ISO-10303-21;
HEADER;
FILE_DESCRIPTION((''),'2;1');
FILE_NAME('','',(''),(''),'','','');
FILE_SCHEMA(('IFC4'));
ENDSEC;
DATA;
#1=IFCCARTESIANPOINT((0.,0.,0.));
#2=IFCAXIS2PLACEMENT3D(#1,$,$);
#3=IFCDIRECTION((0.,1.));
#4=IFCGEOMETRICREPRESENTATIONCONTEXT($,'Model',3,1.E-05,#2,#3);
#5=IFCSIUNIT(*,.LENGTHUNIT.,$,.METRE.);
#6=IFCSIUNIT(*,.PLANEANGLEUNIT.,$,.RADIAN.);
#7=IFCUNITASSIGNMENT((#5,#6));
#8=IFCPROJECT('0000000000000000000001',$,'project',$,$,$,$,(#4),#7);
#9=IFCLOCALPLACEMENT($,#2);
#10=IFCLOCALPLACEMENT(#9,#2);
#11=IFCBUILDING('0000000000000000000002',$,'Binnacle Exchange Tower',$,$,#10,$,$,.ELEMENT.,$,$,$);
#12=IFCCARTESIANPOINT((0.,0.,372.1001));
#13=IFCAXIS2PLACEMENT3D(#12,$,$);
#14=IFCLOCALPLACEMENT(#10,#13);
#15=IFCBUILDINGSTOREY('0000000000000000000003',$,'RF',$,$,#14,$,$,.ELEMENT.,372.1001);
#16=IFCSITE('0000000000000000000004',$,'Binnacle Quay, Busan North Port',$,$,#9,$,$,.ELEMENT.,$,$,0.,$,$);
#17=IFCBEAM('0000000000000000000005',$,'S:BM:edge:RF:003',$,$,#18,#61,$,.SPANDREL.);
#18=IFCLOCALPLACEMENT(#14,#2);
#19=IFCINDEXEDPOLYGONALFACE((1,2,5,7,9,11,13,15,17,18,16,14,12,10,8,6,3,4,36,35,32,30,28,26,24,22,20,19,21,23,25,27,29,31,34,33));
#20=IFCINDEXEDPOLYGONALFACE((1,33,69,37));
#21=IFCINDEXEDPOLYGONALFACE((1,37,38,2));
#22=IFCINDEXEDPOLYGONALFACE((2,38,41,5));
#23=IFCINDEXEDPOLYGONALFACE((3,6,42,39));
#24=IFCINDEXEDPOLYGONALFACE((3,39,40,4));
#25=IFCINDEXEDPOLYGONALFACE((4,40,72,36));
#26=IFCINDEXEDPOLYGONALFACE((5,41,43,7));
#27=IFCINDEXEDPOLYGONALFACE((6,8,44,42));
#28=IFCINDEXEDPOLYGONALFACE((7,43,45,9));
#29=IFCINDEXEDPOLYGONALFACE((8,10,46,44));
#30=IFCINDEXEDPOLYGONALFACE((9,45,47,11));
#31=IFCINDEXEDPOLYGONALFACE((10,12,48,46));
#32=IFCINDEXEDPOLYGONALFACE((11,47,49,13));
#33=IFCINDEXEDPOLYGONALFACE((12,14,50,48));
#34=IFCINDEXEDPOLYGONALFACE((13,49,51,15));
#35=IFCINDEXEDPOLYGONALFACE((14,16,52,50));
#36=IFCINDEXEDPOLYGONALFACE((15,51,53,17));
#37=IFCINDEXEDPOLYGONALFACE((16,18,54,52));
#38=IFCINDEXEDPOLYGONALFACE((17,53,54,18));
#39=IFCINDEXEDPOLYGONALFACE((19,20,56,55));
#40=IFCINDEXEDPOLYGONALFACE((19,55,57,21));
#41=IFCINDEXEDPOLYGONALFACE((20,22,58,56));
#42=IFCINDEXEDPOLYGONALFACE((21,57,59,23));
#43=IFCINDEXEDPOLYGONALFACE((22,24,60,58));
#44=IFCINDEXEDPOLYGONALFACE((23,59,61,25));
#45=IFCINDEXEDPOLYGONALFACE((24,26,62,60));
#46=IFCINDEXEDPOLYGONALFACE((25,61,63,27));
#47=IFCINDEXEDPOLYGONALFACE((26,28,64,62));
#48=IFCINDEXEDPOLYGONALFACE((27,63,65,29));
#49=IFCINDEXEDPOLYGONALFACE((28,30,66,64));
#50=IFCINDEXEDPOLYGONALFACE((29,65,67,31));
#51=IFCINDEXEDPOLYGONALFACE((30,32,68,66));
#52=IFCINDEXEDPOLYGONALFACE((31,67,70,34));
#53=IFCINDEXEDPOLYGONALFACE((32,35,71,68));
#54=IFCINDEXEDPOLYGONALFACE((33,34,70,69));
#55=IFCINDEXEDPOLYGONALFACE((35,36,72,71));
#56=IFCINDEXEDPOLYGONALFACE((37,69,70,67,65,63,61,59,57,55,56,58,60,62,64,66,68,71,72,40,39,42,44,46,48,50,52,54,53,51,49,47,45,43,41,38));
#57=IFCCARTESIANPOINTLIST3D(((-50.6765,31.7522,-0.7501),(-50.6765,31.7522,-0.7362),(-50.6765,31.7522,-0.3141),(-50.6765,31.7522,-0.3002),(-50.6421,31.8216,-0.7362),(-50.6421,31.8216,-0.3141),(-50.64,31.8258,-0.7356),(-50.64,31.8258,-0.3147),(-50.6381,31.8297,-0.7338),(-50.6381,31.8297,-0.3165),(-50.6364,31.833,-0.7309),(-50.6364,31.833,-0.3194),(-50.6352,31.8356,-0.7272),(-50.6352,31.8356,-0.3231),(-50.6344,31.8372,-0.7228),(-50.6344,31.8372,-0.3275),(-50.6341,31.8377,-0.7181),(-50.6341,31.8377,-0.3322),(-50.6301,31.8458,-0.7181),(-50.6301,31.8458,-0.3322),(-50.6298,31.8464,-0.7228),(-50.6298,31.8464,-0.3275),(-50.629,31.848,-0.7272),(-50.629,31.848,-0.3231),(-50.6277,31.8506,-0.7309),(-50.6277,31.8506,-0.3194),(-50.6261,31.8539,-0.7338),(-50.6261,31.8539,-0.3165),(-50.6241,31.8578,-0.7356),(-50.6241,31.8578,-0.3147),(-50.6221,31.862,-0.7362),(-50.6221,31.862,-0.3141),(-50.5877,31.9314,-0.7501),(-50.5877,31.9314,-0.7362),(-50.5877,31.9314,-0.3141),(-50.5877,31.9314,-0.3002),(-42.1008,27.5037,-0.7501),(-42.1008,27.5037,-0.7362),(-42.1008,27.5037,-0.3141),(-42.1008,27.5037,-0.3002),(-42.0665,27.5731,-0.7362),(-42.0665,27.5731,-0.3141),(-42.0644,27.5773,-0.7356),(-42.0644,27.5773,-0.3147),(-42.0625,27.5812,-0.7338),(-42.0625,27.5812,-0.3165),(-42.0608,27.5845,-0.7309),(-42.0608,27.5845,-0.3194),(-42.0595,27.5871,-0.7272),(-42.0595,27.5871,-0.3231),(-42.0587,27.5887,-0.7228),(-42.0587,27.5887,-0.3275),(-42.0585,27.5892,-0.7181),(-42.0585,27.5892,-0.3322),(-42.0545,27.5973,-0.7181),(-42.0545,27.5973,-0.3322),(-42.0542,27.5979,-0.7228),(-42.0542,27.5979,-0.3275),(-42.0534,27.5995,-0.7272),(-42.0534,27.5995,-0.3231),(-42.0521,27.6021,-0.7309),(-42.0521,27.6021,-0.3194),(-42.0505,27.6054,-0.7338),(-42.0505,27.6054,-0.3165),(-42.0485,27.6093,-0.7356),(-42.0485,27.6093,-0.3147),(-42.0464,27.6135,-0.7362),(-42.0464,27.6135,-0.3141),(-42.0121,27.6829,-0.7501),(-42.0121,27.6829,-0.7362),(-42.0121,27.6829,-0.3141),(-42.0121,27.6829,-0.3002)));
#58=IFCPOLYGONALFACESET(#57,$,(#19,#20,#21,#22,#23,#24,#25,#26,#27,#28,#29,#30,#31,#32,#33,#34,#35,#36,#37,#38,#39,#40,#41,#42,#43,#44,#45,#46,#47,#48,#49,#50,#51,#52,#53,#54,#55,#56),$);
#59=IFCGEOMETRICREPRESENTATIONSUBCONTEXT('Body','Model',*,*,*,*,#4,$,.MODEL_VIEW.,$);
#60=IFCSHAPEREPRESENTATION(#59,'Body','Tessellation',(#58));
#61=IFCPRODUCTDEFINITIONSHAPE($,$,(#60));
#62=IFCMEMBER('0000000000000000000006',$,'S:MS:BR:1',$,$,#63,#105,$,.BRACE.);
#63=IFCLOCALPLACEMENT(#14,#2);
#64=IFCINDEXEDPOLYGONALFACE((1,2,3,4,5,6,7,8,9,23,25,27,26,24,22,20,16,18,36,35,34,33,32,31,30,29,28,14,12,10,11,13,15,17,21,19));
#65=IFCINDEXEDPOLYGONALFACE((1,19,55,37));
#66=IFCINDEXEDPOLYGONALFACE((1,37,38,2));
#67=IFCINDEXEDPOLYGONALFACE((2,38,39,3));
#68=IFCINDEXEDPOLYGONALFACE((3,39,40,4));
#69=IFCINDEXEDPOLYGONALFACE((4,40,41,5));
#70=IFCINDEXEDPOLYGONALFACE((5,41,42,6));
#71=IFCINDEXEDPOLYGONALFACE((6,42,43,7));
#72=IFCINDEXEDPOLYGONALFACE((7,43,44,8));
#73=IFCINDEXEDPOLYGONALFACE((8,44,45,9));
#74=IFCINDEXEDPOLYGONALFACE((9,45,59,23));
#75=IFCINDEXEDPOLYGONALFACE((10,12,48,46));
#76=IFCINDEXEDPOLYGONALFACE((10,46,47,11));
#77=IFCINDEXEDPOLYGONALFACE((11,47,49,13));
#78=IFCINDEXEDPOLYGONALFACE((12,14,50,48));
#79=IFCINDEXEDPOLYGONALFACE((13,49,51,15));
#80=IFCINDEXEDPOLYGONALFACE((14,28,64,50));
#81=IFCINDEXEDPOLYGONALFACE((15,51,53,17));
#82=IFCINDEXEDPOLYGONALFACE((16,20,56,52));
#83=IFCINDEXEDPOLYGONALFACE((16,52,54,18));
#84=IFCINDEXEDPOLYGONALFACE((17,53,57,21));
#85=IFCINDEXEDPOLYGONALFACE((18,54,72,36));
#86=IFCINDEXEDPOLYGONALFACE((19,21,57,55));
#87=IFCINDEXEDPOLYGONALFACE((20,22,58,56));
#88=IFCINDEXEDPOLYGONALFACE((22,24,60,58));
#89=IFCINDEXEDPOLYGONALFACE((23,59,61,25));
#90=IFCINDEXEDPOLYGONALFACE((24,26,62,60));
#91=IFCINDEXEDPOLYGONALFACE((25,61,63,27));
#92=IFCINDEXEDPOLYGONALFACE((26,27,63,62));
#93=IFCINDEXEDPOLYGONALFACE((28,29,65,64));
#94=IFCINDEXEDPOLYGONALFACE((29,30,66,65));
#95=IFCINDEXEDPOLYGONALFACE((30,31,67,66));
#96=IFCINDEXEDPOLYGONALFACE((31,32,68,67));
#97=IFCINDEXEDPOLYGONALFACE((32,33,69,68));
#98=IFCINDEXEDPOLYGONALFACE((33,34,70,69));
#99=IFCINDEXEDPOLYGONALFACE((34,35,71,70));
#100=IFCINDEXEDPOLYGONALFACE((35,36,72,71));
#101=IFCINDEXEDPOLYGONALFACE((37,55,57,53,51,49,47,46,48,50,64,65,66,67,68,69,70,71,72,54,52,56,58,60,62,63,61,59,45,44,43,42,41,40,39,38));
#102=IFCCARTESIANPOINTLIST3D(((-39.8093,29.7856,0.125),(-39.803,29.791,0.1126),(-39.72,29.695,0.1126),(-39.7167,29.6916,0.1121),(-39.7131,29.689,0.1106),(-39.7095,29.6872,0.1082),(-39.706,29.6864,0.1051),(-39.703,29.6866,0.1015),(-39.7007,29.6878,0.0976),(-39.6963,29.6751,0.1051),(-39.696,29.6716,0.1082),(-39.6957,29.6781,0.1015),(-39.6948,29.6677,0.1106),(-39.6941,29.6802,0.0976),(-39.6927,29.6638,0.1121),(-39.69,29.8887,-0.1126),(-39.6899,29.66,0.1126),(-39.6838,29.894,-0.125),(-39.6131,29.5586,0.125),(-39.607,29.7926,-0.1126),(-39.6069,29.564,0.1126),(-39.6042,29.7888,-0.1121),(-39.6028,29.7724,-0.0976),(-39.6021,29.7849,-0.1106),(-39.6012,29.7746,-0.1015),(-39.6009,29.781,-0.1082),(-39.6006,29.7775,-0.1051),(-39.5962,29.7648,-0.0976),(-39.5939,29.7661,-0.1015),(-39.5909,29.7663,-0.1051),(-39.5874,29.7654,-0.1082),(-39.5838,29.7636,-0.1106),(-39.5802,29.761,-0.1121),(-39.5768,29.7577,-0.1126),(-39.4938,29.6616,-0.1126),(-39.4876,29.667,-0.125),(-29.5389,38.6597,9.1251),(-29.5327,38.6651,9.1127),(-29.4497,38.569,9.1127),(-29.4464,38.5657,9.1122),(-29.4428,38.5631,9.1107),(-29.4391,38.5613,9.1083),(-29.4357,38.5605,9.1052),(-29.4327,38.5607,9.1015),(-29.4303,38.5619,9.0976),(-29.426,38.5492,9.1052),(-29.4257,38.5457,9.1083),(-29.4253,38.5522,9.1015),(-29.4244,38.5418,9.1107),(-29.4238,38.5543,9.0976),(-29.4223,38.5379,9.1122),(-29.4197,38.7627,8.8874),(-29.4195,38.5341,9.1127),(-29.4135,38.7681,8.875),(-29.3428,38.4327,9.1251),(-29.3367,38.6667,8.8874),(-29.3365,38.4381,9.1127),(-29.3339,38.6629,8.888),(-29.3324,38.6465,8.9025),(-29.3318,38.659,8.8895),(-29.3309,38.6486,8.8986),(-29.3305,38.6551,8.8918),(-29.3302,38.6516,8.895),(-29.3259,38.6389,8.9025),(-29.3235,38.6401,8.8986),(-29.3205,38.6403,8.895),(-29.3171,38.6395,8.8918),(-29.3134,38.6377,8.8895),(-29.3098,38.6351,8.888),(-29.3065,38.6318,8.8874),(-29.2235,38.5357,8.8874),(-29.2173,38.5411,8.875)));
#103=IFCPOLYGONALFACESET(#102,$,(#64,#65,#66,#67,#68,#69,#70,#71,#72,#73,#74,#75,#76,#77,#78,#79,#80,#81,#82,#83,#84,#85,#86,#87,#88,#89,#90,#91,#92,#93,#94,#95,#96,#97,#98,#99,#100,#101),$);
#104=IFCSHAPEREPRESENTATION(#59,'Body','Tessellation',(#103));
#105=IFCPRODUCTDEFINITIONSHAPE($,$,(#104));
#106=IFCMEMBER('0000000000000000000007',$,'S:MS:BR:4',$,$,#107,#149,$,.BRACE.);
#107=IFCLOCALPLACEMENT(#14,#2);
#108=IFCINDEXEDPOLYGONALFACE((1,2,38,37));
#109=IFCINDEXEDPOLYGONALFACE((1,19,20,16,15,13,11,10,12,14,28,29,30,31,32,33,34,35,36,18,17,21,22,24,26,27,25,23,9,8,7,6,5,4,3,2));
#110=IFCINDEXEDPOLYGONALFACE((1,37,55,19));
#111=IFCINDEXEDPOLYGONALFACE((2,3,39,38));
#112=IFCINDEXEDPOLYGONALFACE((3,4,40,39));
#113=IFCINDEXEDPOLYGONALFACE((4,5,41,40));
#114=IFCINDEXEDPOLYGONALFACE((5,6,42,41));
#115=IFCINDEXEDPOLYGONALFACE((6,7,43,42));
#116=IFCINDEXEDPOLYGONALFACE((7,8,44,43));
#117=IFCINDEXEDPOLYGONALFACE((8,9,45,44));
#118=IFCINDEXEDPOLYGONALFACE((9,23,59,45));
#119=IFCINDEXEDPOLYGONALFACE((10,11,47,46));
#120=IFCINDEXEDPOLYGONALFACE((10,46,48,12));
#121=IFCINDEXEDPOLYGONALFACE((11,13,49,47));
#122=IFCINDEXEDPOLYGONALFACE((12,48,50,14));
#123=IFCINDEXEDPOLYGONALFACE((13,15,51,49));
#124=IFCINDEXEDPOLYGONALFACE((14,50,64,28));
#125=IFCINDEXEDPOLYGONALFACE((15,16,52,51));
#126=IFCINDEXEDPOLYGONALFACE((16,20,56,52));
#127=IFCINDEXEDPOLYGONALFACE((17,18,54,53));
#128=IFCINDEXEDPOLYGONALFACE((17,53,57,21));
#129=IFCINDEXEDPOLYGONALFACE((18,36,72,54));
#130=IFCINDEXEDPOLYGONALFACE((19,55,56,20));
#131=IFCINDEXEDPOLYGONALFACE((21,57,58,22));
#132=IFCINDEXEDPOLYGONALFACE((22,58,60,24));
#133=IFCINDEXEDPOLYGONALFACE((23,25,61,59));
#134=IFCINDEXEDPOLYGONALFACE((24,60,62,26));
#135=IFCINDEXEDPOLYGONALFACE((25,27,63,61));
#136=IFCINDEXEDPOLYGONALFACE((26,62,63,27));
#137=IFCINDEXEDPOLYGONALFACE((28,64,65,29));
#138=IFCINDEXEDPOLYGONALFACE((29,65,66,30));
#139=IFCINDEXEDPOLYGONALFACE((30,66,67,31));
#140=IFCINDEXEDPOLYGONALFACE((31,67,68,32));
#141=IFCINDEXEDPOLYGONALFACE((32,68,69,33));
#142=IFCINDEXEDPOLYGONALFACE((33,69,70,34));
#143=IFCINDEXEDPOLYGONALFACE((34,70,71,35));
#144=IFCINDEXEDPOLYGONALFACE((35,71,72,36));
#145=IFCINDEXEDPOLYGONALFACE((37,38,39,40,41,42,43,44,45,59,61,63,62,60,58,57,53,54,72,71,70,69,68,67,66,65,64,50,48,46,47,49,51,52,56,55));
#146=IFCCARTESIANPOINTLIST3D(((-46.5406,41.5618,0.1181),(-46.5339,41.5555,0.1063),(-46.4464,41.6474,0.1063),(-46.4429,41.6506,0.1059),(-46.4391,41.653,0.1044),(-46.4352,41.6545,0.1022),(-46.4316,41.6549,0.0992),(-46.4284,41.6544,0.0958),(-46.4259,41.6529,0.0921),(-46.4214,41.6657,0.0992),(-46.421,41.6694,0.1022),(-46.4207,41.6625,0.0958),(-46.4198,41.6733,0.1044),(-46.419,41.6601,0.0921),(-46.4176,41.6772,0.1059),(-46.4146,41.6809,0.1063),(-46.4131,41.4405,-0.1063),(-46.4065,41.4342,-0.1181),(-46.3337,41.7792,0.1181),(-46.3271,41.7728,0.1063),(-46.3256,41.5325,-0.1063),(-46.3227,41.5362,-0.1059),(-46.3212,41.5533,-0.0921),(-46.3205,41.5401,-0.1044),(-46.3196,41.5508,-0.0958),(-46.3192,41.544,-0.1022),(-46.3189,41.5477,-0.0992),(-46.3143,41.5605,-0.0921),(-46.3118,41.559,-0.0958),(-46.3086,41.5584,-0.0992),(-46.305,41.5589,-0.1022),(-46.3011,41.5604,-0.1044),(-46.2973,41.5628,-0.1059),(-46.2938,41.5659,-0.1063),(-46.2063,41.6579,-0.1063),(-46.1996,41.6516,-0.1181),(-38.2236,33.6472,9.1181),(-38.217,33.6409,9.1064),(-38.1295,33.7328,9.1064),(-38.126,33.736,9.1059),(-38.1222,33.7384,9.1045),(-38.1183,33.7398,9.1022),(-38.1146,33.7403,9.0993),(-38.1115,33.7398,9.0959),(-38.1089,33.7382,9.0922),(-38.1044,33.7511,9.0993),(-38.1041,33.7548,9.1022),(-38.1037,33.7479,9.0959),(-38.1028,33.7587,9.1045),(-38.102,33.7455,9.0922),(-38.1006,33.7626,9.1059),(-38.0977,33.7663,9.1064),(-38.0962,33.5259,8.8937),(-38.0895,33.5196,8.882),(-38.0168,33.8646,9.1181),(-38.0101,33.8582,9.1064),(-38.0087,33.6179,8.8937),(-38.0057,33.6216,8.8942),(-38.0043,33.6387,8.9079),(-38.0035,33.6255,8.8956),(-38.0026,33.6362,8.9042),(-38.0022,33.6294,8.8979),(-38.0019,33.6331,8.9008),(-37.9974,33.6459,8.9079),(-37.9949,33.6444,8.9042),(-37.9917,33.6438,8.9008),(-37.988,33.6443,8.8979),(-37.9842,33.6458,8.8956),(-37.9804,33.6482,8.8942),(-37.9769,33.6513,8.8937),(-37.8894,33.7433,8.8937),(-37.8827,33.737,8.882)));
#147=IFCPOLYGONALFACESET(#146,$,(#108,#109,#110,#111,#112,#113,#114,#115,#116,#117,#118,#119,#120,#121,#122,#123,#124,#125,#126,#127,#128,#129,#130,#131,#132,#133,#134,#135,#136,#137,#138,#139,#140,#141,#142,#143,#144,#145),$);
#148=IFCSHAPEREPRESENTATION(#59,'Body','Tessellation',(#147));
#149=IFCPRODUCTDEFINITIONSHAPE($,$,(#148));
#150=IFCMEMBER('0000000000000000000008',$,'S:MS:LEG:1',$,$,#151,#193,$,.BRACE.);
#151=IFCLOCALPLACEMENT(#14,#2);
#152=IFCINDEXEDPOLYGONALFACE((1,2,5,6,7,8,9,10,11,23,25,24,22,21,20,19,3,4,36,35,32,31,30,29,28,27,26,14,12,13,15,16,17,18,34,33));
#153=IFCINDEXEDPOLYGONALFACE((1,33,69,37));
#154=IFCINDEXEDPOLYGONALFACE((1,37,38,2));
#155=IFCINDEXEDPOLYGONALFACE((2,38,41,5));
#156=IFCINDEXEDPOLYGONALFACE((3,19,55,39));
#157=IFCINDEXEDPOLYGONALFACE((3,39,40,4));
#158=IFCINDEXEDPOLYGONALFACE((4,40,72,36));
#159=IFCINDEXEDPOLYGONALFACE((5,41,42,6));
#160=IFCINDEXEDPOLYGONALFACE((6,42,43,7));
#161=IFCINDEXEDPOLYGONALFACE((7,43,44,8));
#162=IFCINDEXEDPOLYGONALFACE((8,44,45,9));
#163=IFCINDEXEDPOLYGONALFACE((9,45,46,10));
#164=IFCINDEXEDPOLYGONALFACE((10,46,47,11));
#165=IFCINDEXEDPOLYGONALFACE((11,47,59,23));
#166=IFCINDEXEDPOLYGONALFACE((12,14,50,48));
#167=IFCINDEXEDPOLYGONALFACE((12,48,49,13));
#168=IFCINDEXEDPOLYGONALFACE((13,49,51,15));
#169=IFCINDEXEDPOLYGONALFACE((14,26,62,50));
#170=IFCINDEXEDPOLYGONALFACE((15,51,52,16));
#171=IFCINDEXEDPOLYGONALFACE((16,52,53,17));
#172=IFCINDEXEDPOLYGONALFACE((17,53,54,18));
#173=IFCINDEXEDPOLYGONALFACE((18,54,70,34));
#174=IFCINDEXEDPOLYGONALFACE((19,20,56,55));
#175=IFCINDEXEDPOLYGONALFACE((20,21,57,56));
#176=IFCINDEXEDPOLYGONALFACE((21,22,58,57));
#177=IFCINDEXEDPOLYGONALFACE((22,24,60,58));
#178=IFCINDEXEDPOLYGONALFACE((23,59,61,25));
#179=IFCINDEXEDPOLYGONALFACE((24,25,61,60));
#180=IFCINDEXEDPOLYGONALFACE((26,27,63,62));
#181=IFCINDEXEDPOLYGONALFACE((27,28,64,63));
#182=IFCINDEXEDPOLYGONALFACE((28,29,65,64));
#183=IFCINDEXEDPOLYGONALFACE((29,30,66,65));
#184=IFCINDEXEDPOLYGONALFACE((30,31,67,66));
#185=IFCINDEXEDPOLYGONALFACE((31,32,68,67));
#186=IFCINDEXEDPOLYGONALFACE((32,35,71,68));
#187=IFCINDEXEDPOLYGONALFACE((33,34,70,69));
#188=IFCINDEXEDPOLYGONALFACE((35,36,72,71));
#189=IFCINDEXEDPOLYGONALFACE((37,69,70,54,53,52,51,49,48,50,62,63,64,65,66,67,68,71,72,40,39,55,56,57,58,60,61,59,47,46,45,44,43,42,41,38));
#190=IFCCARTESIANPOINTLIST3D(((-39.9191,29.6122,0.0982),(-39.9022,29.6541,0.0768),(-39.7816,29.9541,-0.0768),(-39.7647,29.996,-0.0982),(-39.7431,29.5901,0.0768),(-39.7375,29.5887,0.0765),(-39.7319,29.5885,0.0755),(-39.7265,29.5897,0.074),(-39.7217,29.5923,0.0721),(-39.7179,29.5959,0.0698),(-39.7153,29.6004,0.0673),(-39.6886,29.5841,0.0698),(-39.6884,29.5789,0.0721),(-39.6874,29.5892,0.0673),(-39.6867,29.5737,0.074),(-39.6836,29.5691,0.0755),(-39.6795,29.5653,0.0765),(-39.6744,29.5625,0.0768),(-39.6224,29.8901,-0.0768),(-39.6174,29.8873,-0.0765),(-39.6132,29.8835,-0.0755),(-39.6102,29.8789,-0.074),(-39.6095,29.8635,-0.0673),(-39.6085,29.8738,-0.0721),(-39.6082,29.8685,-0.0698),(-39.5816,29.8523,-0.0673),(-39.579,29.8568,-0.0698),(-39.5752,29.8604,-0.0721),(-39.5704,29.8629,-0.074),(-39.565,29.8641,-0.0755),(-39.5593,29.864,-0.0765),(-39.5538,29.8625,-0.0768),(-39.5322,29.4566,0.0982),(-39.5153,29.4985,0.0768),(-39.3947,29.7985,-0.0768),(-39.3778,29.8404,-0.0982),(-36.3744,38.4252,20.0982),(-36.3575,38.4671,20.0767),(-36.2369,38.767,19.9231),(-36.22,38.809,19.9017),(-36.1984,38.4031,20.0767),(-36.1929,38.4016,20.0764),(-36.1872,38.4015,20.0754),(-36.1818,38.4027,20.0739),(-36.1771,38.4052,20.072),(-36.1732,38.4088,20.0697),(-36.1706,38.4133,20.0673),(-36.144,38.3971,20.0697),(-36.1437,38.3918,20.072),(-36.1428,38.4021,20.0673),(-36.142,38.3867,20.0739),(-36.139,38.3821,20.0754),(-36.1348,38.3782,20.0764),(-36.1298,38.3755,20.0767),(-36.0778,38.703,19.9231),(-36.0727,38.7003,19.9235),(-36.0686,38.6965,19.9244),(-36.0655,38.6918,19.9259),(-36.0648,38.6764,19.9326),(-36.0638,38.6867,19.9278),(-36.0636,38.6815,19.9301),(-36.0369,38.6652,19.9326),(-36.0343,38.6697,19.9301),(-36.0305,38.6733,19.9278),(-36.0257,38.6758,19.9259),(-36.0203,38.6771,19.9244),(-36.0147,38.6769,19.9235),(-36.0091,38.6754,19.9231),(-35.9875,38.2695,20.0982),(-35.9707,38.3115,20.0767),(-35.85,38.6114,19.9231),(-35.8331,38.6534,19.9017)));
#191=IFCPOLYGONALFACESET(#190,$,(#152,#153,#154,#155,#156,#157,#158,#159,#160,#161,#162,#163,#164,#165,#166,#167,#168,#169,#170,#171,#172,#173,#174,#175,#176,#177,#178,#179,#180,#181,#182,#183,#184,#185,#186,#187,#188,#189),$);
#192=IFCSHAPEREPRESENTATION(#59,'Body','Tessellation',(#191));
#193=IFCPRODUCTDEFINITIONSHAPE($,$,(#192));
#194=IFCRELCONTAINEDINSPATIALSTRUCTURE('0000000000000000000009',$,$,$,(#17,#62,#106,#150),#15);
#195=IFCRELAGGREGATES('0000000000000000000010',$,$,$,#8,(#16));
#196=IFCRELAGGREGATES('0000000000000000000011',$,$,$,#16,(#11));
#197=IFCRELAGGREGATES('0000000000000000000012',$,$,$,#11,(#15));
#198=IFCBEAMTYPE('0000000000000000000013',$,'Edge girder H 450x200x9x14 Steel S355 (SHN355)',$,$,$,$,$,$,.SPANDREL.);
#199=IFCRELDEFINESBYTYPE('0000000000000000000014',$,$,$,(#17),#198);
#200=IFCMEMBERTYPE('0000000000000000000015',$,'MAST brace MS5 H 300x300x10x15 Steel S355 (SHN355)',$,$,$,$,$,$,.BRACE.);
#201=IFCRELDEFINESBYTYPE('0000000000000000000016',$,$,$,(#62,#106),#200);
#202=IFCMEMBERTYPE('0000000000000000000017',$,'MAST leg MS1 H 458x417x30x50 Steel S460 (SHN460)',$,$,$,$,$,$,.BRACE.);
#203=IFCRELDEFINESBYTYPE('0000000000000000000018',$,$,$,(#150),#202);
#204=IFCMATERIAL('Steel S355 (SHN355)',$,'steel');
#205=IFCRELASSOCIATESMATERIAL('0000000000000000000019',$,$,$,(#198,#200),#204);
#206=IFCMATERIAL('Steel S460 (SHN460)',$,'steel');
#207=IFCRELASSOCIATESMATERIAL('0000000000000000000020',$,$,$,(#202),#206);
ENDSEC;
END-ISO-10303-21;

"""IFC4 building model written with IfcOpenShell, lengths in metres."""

from ifc_helpers import new_model, si_unit, direction, frame, origin, origin_2d, place, context, subcontext, project, spatial, i_section, extrude, material, material_profile, profile_set, type_object, element, save


model = new_model("IFC4")

# Units and contexts
model_context = context("Model", 3, precision=1e-05, world=origin(), true_north=direction((0.0, 1.0)))
body_context = subcontext(model_context, "Body", "Model", "MODEL_VIEW")
ifc_project = project(units=[si_unit("LENGTHUNIT", "METRE"), si_unit("PLANEANGLEUNIT", "RADIAN")], contexts=[model_context])

# Site, building, storey
site_placement = place(None, origin())
site = spatial("IfcSite", under=ifc_project, at=site_placement, Name="Binnacle Quay, Busan North Port", CompositionType="ELEMENT", RefElevation=0.0)
building_placement = place(site_placement, origin())
building = spatial("IfcBuilding", under=site, at=building_placement, Name="Binnacle Exchange Tower", CompositionType="ELEMENT")
storey_placement = place(building_placement, frame((0.0, 0.0, 372.1001)))
storey = spatial("IfcBuildingStorey", under=building, at=storey_placement, Name="RF", CompositionType="ELEMENT", Elevation=372.1001)

# Beam
ifc_material_1 = material(Name="Steel S355 (SHN355)", Category="steel")
ifc_material_profile_1 = material_profile(ifc_material_1, i_section(OverallWidth=0.2, OverallDepth=0.45, WebThickness=0.009, FlangeThickness=0.0139, FilletRadius=0.0181, at=origin_2d()), Name="H 450x200x9x14")
ifc_profile_set_1 = profile_set([ifc_material_profile_1], Name="Steel S355 (SHN355)")
beam_type = type_object("IfcBeamType", Name="Edge girder H 450x200x9x14 Steel S355 (SHN355)", PredefinedType="SPANDREL", material=ifc_profile_set_1)
beam_placement = place(storey_placement, frame((-50.6321, 31.8418, -0.5251), z_axis=(0.896064, -0.443925, 0.0), x_axis=(0.443925, 0.896064, 0.0)))
element("IfcBeam", 1, at=beam_placement, inside=storey, type_object=beam_type, Name="S:BM:edge:RF:003", PredefinedType="SPANDREL", context=body_context, shape_type="SweptSolid", body=[
    extrude(i_section(OverallWidth=0.2, OverallDepth=0.45, WebThickness=0.009, FlangeThickness=0.0139, FilletRadius=0.0181, at=origin_2d()), origin(), (0.0, 0.0, 1.0), 9.5703),
])

# Members
ifc_material_profile_2 = material_profile(ifc_material_1, i_section(OverallWidth=0.3, OverallDepth=0.3, WebThickness=0.01, FlangeThickness=0.0149, FilletRadius=0.0181, at=origin_2d()), Name="H 300x300x10x15")
ifc_profile_set_2 = profile_set([ifc_material_profile_2], Name="Steel S355 (SHN355)")
member_type_1 = type_object("IfcMemberType", Name="MAST brace MS5 H 300x300x10x15 Steel S355 (SHN355)", PredefinedType="BRACE", material=ifc_profile_set_2)
member_1_placement = place(storey_placement, frame((-39.6484, 29.7263, 0.0), z_axis=(0.630628, 0.544894, 0.552629), x_axis=(-0.653799, 0.756668, 0.0)))
element("IfcMember", 2, at=member_1_placement, inside=storey, type_object=member_type_1, Name="S:MS:BR:1", PredefinedType="BRACE", context=body_context, shape_type="SweptSolid", body=[
    extrude(i_section(OverallWidth=0.3, OverallDepth=0.3, WebThickness=0.01, FlangeThickness=0.0149, FilletRadius=0.0181, at=origin_2d()), origin(), (0.0, 0.0, 1.0), 16.2859),
])
member_2_placement = place(storey_placement, frame((-46.3701, 41.6067, 0.0), z_axis=(0.570117, -0.542537, 0.616944), x_axis=(0.689367, 0.724412, 0.0)))
element("IfcMember", 3, at=member_2_placement, inside=storey, type_object=member_type_1, Name="S:MS:BR:4", PredefinedType="BRACE", context=body_context, shape_type="SweptSolid", body=[
    extrude(i_section(OverallWidth=0.3, OverallDepth=0.3, WebThickness=0.01, FlangeThickness=0.0149, FilletRadius=0.0181, at=origin_2d()), origin(), (0.0, 0.0, 1.0), 14.5881),
])
ifc_material_2 = material(Name="Steel S460 (SHN460)", Category="steel")
ifc_material_profile_3 = material_profile(ifc_material_2, i_section(OverallWidth=0.417, OverallDepth=0.458, WebThickness=0.03, FlangeThickness=0.05, FilletRadius=0.022, at=origin_2d()), Name="H 458x417x30x50")
ifc_profile_set_3 = profile_set([ifc_material_profile_3], Name="Steel S460 (SHN460)")
member_type_2 = type_object("IfcMemberType", Name="MAST leg MS1 H 458x417x30x50 Steel S460 (SHN460)", PredefinedType="BRACE", material=ifc_profile_set_3)
member_3_placement = place(storey_placement, frame((-39.6484, 29.7263, 0.0), z_axis=(0.160094, 0.398035, 0.903293), x_axis=(-0.927768, 0.373158, 0.0)))
element("IfcMember", 4, at=member_3_placement, inside=storey, type_object=member_type_2, Name="S:MS:LEG:1", PredefinedType="BRACE", context=body_context, shape_type="SweptSolid", body=[
    extrude(i_section(OverallWidth=0.417, OverallDepth=0.458, WebThickness=0.03, FlangeThickness=0.05, FilletRadius=0.022, at=origin_2d()), origin(), (0.0, 0.0, 1.0), 22.1411),
])

save(model, "model.ifc")
